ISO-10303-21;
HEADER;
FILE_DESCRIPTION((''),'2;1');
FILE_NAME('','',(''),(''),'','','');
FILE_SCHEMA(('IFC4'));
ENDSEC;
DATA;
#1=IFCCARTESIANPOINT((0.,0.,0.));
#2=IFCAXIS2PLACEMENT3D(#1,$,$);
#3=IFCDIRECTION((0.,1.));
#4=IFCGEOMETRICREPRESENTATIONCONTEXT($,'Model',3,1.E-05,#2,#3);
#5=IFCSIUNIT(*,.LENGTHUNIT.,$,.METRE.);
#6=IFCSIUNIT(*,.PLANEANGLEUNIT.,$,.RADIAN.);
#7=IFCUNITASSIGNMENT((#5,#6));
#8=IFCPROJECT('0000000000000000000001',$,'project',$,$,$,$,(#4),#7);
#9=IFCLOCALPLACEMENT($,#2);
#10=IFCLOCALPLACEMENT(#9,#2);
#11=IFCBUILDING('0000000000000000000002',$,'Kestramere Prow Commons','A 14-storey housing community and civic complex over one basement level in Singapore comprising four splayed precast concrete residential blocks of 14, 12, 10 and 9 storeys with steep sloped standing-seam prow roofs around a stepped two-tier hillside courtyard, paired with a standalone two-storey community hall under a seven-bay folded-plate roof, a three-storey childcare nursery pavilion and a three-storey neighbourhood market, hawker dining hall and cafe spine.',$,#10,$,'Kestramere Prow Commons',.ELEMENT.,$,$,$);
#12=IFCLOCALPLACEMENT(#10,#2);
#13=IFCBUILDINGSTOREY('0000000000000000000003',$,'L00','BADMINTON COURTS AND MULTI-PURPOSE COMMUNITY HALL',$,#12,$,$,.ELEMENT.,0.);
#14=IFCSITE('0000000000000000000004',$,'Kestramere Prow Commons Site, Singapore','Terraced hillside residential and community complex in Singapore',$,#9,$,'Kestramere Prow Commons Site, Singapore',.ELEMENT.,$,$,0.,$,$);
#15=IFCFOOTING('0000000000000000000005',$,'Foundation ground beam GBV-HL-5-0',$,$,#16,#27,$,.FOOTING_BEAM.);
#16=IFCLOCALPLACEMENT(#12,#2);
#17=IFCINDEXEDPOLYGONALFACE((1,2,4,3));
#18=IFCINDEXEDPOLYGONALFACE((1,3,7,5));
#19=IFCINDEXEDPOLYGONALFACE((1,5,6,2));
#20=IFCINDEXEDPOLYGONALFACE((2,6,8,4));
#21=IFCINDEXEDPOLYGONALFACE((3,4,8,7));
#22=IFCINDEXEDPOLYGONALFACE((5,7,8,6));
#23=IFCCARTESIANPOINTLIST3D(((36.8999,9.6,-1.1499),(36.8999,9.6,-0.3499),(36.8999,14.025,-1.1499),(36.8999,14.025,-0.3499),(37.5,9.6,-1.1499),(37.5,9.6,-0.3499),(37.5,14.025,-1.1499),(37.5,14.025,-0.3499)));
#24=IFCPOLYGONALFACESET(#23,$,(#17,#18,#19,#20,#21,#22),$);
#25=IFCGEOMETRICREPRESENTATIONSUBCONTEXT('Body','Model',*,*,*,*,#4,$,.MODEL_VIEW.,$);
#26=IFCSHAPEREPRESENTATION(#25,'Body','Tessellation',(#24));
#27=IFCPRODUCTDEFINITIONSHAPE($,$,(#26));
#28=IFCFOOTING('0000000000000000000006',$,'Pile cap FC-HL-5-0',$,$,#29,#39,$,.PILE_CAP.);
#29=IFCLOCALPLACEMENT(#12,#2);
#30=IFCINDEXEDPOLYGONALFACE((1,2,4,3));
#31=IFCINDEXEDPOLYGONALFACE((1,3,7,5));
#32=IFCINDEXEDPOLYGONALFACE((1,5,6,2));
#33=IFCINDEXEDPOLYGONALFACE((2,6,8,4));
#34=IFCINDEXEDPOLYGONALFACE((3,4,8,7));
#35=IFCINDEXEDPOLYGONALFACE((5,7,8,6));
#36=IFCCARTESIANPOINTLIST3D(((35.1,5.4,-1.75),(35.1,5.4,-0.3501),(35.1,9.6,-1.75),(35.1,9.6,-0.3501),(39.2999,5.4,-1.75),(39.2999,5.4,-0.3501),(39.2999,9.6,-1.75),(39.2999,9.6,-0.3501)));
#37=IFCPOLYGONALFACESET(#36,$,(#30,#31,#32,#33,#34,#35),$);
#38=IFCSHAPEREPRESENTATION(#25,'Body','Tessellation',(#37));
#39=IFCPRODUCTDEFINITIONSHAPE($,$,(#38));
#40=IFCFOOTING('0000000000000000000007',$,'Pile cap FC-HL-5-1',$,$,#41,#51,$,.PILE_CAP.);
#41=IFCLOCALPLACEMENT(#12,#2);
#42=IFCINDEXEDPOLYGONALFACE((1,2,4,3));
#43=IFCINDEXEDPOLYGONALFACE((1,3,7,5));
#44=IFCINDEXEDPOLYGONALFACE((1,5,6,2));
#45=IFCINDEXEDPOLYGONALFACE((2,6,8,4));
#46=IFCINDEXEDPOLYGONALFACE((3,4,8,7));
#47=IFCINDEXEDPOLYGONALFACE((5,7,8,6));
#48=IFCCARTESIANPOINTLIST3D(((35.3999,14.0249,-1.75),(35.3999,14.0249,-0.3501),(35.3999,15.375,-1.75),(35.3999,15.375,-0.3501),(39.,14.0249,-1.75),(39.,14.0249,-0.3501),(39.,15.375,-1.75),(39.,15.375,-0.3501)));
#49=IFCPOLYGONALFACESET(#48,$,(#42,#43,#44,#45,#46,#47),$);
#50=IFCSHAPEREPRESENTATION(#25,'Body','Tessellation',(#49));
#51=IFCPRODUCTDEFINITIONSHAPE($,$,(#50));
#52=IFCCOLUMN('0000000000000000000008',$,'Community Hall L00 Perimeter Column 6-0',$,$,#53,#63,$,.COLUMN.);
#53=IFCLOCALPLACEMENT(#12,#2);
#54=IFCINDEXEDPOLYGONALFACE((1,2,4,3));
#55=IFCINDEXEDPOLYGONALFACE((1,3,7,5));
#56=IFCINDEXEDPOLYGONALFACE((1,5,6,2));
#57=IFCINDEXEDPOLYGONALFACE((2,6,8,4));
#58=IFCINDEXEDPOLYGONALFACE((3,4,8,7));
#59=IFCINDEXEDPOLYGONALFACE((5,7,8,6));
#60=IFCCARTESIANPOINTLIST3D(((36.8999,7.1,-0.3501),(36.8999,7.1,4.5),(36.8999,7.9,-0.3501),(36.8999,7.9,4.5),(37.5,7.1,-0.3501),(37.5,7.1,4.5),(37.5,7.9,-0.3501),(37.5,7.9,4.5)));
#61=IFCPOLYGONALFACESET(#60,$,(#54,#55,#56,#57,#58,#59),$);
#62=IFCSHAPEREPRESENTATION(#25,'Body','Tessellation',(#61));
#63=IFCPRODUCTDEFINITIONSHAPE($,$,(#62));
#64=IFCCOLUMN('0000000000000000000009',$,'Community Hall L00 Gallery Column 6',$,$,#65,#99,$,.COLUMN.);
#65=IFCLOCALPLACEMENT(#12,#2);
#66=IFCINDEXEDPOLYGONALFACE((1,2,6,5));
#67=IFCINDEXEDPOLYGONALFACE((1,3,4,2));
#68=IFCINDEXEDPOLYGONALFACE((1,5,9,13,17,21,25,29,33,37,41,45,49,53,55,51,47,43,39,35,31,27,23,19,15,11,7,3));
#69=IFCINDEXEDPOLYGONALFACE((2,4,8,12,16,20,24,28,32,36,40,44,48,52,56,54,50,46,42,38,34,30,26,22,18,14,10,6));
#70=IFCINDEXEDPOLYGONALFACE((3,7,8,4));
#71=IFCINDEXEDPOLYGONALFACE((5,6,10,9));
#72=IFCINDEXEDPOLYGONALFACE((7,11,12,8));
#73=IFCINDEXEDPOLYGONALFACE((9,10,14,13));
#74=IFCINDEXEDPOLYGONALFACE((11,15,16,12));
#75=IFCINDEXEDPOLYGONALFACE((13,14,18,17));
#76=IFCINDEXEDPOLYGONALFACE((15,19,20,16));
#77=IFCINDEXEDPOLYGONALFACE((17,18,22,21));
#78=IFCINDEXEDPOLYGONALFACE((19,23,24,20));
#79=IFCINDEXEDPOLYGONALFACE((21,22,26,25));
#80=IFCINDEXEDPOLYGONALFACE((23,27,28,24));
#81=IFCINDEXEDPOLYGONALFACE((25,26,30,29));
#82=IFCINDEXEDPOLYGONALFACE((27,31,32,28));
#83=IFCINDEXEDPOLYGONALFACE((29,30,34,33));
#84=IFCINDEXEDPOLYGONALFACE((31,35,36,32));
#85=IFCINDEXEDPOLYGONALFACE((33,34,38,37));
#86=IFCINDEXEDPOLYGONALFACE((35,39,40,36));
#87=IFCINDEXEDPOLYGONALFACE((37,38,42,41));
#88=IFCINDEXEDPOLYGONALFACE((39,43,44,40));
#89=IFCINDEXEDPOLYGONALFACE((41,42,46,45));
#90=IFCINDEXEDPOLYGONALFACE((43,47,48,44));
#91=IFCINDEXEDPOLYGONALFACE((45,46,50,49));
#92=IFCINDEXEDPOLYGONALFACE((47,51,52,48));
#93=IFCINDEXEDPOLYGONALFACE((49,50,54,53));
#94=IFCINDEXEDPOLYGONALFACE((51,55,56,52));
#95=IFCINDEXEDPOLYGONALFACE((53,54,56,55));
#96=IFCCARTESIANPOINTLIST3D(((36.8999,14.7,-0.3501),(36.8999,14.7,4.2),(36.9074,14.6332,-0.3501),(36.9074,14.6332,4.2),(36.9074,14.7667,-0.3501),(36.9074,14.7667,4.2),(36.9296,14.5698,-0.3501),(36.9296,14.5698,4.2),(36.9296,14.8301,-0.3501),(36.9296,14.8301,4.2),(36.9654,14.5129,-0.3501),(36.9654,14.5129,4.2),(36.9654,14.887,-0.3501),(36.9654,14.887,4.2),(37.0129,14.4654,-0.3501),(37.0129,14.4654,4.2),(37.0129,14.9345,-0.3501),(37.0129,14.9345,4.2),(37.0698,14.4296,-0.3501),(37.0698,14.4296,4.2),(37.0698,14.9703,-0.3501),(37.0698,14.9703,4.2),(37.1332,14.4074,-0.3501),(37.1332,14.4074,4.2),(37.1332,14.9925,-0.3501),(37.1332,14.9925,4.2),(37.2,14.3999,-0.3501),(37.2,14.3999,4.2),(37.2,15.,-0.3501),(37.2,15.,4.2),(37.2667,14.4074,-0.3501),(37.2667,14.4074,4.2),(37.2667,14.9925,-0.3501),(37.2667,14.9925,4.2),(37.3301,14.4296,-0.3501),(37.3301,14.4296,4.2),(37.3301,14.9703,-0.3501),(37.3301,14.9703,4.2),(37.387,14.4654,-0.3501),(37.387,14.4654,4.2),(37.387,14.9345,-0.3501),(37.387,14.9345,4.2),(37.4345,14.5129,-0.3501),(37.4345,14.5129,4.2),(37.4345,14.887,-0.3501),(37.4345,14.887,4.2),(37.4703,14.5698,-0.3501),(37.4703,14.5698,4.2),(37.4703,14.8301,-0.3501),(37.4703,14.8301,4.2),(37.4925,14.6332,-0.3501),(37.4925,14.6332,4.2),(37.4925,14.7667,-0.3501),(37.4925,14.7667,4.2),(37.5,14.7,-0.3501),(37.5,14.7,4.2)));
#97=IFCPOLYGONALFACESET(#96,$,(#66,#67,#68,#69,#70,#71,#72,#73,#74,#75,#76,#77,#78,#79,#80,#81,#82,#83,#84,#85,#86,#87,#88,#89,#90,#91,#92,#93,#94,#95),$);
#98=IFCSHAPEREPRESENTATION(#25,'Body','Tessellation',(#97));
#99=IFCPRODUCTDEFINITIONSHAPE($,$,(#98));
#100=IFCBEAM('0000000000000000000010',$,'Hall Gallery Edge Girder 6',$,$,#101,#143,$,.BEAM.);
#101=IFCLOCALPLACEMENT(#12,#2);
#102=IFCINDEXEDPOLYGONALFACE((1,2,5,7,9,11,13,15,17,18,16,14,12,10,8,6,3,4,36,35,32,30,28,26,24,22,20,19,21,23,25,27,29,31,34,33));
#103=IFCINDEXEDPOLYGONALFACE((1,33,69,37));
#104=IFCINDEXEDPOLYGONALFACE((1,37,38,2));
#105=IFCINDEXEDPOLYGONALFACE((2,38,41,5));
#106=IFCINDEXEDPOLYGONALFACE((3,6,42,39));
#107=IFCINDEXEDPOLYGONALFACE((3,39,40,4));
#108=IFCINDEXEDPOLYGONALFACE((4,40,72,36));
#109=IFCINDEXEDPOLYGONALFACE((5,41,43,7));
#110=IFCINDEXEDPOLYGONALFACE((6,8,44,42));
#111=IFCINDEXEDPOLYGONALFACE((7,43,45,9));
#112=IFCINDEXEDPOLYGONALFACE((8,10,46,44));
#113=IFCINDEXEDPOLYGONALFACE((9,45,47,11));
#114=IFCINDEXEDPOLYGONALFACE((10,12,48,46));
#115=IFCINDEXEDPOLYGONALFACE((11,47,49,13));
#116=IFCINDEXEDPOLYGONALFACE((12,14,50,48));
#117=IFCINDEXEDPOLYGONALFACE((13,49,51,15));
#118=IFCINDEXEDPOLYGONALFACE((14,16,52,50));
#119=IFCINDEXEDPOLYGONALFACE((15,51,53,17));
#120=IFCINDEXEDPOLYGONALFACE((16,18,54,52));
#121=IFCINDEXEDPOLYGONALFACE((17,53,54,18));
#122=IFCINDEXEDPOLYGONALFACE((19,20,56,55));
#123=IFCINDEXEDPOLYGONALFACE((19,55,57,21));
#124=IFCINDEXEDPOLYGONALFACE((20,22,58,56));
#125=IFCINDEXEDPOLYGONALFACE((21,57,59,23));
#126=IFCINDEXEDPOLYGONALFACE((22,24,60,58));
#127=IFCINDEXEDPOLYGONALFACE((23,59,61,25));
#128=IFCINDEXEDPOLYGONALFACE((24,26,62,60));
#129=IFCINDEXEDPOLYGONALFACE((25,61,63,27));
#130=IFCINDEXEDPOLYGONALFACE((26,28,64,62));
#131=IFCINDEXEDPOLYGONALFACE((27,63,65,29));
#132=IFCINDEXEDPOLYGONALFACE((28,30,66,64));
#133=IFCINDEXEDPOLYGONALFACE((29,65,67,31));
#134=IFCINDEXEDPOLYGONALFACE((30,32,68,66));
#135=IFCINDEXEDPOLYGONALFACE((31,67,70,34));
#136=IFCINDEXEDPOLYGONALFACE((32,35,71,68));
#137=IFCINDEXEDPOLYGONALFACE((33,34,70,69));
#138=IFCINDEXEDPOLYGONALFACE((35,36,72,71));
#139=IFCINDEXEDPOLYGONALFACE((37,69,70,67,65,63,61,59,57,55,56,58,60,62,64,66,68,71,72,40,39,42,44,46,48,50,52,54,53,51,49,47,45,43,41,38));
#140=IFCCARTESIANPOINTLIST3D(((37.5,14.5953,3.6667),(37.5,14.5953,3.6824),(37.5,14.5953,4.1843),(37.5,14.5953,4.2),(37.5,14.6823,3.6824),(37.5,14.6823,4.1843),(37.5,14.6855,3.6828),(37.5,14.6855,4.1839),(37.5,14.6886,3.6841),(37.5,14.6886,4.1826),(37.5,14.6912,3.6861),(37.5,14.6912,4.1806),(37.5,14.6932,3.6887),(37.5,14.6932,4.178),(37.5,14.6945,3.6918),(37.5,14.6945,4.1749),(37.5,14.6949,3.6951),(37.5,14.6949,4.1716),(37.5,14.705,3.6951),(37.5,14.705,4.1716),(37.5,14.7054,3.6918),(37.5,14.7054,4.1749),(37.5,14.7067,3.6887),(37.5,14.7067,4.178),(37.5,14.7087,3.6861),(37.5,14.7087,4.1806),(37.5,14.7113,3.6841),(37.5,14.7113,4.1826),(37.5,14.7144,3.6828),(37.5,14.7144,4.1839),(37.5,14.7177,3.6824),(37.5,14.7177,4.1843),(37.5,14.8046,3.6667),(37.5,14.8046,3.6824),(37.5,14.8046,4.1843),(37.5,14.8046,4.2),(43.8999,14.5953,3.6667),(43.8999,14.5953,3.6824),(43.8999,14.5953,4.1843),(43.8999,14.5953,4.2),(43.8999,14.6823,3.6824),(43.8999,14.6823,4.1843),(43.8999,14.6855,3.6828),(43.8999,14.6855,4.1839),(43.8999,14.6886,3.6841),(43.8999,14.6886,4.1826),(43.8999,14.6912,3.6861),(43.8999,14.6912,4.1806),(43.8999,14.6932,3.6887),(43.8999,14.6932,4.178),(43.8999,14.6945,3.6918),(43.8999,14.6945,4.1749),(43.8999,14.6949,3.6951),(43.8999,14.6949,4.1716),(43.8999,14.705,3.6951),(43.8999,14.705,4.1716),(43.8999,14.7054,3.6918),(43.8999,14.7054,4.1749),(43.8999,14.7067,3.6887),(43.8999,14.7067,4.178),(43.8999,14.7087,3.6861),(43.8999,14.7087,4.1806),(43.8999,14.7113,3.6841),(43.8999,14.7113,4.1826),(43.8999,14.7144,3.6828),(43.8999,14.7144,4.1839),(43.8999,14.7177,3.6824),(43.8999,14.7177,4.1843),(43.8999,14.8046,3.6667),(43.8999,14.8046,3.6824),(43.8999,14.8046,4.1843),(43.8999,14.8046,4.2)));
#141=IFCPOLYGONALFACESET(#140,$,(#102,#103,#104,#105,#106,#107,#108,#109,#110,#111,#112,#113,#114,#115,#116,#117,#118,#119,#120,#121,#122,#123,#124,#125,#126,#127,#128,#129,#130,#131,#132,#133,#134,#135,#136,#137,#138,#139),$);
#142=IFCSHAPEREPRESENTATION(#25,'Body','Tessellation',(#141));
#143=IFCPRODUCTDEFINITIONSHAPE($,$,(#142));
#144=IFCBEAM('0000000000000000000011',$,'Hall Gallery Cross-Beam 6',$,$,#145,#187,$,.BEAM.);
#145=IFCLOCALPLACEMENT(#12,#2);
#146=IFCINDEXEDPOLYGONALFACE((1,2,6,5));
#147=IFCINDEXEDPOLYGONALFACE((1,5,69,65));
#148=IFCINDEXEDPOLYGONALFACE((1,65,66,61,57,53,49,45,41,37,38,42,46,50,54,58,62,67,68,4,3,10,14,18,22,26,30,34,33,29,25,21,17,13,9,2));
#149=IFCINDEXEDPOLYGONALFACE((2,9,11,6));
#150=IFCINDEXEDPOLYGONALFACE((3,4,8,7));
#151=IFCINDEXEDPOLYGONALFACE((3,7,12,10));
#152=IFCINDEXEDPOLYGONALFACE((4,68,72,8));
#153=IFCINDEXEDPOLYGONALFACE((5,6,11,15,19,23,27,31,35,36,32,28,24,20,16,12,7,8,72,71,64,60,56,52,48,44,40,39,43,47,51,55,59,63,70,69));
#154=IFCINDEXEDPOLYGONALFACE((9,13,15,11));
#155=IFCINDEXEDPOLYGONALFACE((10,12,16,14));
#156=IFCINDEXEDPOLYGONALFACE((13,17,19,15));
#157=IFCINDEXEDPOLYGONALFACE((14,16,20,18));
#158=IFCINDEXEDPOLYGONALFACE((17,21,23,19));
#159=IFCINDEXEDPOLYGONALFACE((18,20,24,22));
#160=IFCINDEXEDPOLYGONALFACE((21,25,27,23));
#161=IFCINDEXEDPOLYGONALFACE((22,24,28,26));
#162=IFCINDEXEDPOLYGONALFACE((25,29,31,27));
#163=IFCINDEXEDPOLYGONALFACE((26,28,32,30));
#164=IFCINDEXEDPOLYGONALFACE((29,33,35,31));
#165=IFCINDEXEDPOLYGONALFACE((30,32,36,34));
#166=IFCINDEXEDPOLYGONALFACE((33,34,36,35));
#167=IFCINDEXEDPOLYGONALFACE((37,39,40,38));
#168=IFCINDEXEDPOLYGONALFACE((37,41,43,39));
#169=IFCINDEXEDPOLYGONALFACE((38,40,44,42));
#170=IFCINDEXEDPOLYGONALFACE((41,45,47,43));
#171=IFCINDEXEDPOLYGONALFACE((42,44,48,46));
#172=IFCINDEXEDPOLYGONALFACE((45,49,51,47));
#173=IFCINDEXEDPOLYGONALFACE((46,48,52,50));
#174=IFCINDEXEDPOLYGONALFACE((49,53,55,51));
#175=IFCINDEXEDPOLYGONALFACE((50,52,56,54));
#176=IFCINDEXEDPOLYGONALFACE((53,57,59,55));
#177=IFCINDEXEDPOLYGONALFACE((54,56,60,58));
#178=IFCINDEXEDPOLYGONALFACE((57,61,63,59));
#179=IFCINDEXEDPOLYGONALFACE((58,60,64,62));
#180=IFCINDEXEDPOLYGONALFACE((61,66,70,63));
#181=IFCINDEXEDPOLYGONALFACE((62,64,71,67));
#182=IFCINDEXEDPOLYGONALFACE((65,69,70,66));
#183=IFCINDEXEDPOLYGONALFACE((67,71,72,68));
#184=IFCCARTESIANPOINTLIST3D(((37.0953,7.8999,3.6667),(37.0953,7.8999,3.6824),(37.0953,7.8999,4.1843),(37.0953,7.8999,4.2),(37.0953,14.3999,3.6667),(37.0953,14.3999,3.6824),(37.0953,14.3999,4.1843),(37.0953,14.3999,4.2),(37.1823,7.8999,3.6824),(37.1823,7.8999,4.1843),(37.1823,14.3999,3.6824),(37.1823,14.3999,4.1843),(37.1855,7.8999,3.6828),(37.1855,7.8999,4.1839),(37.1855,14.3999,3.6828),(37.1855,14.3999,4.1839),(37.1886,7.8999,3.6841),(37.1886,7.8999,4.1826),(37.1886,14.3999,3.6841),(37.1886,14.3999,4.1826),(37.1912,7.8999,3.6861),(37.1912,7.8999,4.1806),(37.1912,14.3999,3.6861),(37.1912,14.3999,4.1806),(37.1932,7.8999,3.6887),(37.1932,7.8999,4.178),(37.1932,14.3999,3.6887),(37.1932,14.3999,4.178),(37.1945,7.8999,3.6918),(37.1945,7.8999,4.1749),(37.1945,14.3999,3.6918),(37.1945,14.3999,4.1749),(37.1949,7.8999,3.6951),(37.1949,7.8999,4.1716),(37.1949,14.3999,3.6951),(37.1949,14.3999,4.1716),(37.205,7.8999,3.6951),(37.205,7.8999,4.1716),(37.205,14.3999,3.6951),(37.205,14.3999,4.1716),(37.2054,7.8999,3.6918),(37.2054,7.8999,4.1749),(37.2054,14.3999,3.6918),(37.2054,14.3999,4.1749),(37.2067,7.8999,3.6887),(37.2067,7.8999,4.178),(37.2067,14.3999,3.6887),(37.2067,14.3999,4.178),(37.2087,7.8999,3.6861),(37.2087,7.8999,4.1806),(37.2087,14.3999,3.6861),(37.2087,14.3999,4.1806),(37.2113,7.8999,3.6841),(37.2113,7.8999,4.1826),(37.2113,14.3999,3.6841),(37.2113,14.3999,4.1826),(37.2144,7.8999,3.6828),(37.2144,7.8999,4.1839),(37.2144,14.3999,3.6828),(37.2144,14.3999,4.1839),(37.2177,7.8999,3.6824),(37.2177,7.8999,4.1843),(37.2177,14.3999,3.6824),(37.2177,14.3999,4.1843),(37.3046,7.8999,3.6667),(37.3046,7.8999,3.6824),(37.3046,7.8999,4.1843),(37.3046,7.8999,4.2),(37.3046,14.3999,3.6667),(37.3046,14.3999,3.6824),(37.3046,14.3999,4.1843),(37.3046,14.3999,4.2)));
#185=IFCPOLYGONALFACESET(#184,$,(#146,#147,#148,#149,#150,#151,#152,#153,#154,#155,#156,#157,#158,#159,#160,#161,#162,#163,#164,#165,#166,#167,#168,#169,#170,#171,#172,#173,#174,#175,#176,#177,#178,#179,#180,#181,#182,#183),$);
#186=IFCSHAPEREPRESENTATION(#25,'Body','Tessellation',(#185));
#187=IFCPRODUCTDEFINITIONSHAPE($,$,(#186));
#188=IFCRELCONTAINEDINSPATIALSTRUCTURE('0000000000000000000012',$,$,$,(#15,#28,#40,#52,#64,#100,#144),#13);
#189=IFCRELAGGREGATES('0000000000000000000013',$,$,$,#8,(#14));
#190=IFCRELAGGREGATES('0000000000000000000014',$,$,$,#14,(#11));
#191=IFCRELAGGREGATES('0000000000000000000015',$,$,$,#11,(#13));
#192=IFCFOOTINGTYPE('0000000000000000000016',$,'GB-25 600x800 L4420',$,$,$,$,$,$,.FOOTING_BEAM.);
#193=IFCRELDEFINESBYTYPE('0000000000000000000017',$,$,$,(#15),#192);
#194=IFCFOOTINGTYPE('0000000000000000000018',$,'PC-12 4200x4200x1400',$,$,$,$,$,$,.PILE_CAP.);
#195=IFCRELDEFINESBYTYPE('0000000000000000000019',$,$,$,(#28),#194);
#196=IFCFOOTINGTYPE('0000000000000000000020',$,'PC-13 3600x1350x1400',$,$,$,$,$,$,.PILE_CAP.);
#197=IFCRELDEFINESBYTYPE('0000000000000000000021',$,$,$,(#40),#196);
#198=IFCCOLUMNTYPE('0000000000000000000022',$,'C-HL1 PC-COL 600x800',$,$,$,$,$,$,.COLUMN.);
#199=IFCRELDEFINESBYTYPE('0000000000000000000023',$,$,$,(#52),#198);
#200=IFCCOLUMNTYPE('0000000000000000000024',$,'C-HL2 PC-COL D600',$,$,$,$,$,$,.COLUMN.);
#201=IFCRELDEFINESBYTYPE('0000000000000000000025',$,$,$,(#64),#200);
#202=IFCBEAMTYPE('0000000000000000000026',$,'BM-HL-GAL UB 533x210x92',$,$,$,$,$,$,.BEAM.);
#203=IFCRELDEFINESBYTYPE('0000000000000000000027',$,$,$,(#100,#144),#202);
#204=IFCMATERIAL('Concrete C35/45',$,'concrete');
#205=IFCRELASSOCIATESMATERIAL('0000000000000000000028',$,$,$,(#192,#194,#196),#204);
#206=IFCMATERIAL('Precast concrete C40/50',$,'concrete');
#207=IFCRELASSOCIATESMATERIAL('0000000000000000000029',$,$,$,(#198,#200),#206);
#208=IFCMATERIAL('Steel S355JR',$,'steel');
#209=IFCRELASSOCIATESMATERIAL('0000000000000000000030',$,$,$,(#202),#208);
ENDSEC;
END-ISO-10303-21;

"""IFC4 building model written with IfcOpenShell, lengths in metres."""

from ifc_helpers import new_model, si_unit, direction, frame, origin, origin_2d, place, context, subcontext, project, spatial, rectangle, circle, i_section, extrude, material, material_profile, profile_set, type_object, element, save


model = new_model("IFC4")

# Units and contexts
model_context = context("Model", 3, precision=1e-05, world=origin(), true_north=direction((0.0, 1.0)))
body_context = subcontext(model_context, "Body", "Model", "MODEL_VIEW")
ifc_project = project(units=[si_unit("LENGTHUNIT", "METRE"), si_unit("PLANEANGLEUNIT", "RADIAN")], contexts=[model_context])

# Site, building, storey
site_placement = place(None, origin())
site = spatial("IfcSite", under=ifc_project, at=site_placement, Name="Kestramere Prow Commons Site, Singapore", Description="Terraced hillside residential and community complex in Singapore", LongName="Kestramere Prow Commons Site, Singapore", CompositionType="ELEMENT", RefElevation=0.0)
building_placement = place(site_placement, origin())
building = spatial("IfcBuilding", under=site, at=building_placement, Name="Kestramere Prow Commons", Description="A 14-storey housing community and civic complex over one basement level in Singapore comprising four splayed precast concrete residential blocks of 14, 12, 10 and 9 storeys with steep sloped standing-seam prow roofs around a stepped two-tier hillside courtyard, paired with a standalone two-storey community hall under a seven-bay folded-plate roof, a three-storey childcare nursery pavilion and a three-storey neighbourhood market, hawker dining hall and cafe spine.", LongName="Kestramere Prow Commons", CompositionType="ELEMENT")
storey_placement = place(building_placement, origin())
storey = spatial("IfcBuildingStorey", under=building, at=storey_placement, Name="L00", Description="BADMINTON COURTS AND MULTI-PURPOSE COMMUNITY HALL", CompositionType="ELEMENT", Elevation=0.0)

# Shared definitions
ifc_material_1 = material(Name="Concrete C35/45", Category="concrete")

# Footings
footing_type_1 = type_object("IfcFootingType", Name="GB-25 600x800 L4420", PredefinedType="FOOTING_BEAM", material=ifc_material_1)
footing_1_placement = place(storey_placement, frame((37.2, 11.8125, -1.1499), z_axis=(0.0, 0.0, 1.0), x_axis=(0.0, 1.0, 0.0)))
element("IfcFooting", 1, at=footing_1_placement, inside=storey, type_object=footing_type_1, Name="Foundation ground beam GBV-HL-5-0", PredefinedType="FOOTING_BEAM", context=body_context, shape_type="SweptSolid", body=[
    extrude(rectangle(XDim=4.425, YDim=0.6001, at=origin_2d()), origin(), (0.0, 0.0, 1.0), 0.8),
])
footing_type_2 = type_object("IfcFootingType", Name="PC-12 4200x4200x1400", PredefinedType="PILE_CAP", material=ifc_material_1)
footing_2_placement = place(storey_placement, frame((37.2, 7.5, -1.75), z_axis=(0.0, 0.0, 1.0), x_axis=(1.0, 0.0, 0.0)))
element("IfcFooting", 2, at=footing_2_placement, inside=storey, type_object=footing_type_2, Name="Pile cap FC-HL-5-0", PredefinedType="PILE_CAP", context=body_context, shape_type="SweptSolid", body=[
    extrude(rectangle(XDim=4.2, YDim=4.2, at=origin_2d()), origin(), (0.0, 0.0, 1.0), 1.3999),
])
footing_type_3 = type_object("IfcFootingType", Name="PC-13 3600x1350x1400", PredefinedType="PILE_CAP", material=ifc_material_1)
footing_3_placement = place(storey_placement, frame((37.2, 14.7, -1.75), z_axis=(0.0, 0.0, 1.0), x_axis=(1.0, 0.0, 0.0)))
element("IfcFooting", 3, at=footing_3_placement, inside=storey, type_object=footing_type_3, Name="Pile cap FC-HL-5-1", PredefinedType="PILE_CAP", context=body_context, shape_type="SweptSolid", body=[
    extrude(rectangle(XDim=3.6001, YDim=1.3501, at=origin_2d()), origin(), (0.0, 0.0, 1.0), 1.3999),
])

# Columns
ifc_material_2 = material(Name="Precast concrete C40/50", Category="concrete")
ifc_material_profile_1 = material_profile(ifc_material_2, rectangle(XDim=0.6001, YDim=0.8, at=origin_2d()), Name="PC-COL 600x800")
ifc_profile_set_1 = profile_set([ifc_material_profile_1], Name="Precast concrete C40/50")
column_type_1 = type_object("IfcColumnType", Name="C-HL1 PC-COL 600x800", PredefinedType="COLUMN", material=ifc_profile_set_1)
column_1_placement = place(storey_placement, frame((37.2, 7.5, -0.3501), z_axis=(0.0, 0.0, 1.0), x_axis=(1.0, 0.0, 0.0)))
element("IfcColumn", 4, at=column_1_placement, inside=storey, type_object=column_type_1, Name="Community Hall L00 Perimeter Column 6-0", PredefinedType="COLUMN", context=body_context, shape_type="SweptSolid", body=[
    extrude(rectangle(XDim=0.6001, YDim=0.8, at=origin_2d()), origin(), (0.0, 0.0, 1.0), 4.8501),
])
ifc_material_profile_2 = material_profile(ifc_material_2, circle(Radius=0.3, at=origin_2d()), Name="PC-COL D600")
ifc_profile_set_2 = profile_set([ifc_material_profile_2], Name="Precast concrete C40/50")
column_type_2 = type_object("IfcColumnType", Name="C-HL2 PC-COL D600", PredefinedType="COLUMN", material=ifc_profile_set_2)
column_2_placement = place(storey_placement, frame((37.2, 14.7, -0.3501), z_axis=(0.0, 0.0, 1.0), x_axis=(1.0, 0.0, 0.0)))
element("IfcColumn", 5, at=column_2_placement, inside=storey, type_object=column_type_2, Name="Community Hall L00 Gallery Column 6", PredefinedType="COLUMN", context=body_context, shape_type="SweptSolid", body=[
    extrude(circle(Radius=0.3, at=origin_2d()), origin(), (0.0, 0.0, 1.0), 4.55),
])

# Beams
ifc_material_3 = material(Name="Steel S355JR", Category="steel")
ifc_material_profile_3 = material_profile(ifc_material_3, i_section(OverallWidth=0.2092, OverallDepth=0.5332, WebThickness=0.01, FlangeThickness=0.0156, FilletRadius=0.0127, at=origin_2d()), Name="UB 533x210x92")
ifc_profile_set_3 = profile_set([ifc_material_profile_3], Name="Steel S355JR")
beam_type_1 = type_object("IfcBeamType", Name="BM-HL-GAL UB 533x210x92", PredefinedType="BEAM", material=ifc_profile_set_3)
beam_1_placement = place(storey_placement, frame((37.5, 14.7, 3.9333), z_axis=(1.0, 0.0, 0.0), x_axis=(0.0, 1.0, 0.0)))
element("IfcBeam", 6, at=beam_1_placement, inside=storey, type_object=beam_type_1, Name="Hall Gallery Edge Girder 6", PredefinedType="BEAM", context=body_context, shape_type="SweptSolid", body=[
    extrude(i_section(OverallWidth=0.2092, OverallDepth=0.5332, WebThickness=0.01, FlangeThickness=0.0156, FilletRadius=0.0127, at=origin_2d()), origin(), (0.0, 0.0, 1.0), 6.3999),
])
beam_2_placement = place(storey_placement, frame((37.2, 7.8999, 3.9333), z_axis=(0.0, 1.0, 0.0), x_axis=(-1.0, 0.0, 0.0)))
element("IfcBeam", 7, at=beam_2_placement, inside=storey, type_object=beam_type_1, Name="Hall Gallery Cross-Beam 6", PredefinedType="BEAM", context=body_context, shape_type="SweptSolid", body=[
    extrude(i_section(OverallWidth=0.2092, OverallDepth=0.5332, WebThickness=0.01, FlangeThickness=0.0156, FilletRadius=0.0127, at=origin_2d()), origin(), (0.0, 0.0, 1.0), 6.5),
])

save(model, "model.ifc")
